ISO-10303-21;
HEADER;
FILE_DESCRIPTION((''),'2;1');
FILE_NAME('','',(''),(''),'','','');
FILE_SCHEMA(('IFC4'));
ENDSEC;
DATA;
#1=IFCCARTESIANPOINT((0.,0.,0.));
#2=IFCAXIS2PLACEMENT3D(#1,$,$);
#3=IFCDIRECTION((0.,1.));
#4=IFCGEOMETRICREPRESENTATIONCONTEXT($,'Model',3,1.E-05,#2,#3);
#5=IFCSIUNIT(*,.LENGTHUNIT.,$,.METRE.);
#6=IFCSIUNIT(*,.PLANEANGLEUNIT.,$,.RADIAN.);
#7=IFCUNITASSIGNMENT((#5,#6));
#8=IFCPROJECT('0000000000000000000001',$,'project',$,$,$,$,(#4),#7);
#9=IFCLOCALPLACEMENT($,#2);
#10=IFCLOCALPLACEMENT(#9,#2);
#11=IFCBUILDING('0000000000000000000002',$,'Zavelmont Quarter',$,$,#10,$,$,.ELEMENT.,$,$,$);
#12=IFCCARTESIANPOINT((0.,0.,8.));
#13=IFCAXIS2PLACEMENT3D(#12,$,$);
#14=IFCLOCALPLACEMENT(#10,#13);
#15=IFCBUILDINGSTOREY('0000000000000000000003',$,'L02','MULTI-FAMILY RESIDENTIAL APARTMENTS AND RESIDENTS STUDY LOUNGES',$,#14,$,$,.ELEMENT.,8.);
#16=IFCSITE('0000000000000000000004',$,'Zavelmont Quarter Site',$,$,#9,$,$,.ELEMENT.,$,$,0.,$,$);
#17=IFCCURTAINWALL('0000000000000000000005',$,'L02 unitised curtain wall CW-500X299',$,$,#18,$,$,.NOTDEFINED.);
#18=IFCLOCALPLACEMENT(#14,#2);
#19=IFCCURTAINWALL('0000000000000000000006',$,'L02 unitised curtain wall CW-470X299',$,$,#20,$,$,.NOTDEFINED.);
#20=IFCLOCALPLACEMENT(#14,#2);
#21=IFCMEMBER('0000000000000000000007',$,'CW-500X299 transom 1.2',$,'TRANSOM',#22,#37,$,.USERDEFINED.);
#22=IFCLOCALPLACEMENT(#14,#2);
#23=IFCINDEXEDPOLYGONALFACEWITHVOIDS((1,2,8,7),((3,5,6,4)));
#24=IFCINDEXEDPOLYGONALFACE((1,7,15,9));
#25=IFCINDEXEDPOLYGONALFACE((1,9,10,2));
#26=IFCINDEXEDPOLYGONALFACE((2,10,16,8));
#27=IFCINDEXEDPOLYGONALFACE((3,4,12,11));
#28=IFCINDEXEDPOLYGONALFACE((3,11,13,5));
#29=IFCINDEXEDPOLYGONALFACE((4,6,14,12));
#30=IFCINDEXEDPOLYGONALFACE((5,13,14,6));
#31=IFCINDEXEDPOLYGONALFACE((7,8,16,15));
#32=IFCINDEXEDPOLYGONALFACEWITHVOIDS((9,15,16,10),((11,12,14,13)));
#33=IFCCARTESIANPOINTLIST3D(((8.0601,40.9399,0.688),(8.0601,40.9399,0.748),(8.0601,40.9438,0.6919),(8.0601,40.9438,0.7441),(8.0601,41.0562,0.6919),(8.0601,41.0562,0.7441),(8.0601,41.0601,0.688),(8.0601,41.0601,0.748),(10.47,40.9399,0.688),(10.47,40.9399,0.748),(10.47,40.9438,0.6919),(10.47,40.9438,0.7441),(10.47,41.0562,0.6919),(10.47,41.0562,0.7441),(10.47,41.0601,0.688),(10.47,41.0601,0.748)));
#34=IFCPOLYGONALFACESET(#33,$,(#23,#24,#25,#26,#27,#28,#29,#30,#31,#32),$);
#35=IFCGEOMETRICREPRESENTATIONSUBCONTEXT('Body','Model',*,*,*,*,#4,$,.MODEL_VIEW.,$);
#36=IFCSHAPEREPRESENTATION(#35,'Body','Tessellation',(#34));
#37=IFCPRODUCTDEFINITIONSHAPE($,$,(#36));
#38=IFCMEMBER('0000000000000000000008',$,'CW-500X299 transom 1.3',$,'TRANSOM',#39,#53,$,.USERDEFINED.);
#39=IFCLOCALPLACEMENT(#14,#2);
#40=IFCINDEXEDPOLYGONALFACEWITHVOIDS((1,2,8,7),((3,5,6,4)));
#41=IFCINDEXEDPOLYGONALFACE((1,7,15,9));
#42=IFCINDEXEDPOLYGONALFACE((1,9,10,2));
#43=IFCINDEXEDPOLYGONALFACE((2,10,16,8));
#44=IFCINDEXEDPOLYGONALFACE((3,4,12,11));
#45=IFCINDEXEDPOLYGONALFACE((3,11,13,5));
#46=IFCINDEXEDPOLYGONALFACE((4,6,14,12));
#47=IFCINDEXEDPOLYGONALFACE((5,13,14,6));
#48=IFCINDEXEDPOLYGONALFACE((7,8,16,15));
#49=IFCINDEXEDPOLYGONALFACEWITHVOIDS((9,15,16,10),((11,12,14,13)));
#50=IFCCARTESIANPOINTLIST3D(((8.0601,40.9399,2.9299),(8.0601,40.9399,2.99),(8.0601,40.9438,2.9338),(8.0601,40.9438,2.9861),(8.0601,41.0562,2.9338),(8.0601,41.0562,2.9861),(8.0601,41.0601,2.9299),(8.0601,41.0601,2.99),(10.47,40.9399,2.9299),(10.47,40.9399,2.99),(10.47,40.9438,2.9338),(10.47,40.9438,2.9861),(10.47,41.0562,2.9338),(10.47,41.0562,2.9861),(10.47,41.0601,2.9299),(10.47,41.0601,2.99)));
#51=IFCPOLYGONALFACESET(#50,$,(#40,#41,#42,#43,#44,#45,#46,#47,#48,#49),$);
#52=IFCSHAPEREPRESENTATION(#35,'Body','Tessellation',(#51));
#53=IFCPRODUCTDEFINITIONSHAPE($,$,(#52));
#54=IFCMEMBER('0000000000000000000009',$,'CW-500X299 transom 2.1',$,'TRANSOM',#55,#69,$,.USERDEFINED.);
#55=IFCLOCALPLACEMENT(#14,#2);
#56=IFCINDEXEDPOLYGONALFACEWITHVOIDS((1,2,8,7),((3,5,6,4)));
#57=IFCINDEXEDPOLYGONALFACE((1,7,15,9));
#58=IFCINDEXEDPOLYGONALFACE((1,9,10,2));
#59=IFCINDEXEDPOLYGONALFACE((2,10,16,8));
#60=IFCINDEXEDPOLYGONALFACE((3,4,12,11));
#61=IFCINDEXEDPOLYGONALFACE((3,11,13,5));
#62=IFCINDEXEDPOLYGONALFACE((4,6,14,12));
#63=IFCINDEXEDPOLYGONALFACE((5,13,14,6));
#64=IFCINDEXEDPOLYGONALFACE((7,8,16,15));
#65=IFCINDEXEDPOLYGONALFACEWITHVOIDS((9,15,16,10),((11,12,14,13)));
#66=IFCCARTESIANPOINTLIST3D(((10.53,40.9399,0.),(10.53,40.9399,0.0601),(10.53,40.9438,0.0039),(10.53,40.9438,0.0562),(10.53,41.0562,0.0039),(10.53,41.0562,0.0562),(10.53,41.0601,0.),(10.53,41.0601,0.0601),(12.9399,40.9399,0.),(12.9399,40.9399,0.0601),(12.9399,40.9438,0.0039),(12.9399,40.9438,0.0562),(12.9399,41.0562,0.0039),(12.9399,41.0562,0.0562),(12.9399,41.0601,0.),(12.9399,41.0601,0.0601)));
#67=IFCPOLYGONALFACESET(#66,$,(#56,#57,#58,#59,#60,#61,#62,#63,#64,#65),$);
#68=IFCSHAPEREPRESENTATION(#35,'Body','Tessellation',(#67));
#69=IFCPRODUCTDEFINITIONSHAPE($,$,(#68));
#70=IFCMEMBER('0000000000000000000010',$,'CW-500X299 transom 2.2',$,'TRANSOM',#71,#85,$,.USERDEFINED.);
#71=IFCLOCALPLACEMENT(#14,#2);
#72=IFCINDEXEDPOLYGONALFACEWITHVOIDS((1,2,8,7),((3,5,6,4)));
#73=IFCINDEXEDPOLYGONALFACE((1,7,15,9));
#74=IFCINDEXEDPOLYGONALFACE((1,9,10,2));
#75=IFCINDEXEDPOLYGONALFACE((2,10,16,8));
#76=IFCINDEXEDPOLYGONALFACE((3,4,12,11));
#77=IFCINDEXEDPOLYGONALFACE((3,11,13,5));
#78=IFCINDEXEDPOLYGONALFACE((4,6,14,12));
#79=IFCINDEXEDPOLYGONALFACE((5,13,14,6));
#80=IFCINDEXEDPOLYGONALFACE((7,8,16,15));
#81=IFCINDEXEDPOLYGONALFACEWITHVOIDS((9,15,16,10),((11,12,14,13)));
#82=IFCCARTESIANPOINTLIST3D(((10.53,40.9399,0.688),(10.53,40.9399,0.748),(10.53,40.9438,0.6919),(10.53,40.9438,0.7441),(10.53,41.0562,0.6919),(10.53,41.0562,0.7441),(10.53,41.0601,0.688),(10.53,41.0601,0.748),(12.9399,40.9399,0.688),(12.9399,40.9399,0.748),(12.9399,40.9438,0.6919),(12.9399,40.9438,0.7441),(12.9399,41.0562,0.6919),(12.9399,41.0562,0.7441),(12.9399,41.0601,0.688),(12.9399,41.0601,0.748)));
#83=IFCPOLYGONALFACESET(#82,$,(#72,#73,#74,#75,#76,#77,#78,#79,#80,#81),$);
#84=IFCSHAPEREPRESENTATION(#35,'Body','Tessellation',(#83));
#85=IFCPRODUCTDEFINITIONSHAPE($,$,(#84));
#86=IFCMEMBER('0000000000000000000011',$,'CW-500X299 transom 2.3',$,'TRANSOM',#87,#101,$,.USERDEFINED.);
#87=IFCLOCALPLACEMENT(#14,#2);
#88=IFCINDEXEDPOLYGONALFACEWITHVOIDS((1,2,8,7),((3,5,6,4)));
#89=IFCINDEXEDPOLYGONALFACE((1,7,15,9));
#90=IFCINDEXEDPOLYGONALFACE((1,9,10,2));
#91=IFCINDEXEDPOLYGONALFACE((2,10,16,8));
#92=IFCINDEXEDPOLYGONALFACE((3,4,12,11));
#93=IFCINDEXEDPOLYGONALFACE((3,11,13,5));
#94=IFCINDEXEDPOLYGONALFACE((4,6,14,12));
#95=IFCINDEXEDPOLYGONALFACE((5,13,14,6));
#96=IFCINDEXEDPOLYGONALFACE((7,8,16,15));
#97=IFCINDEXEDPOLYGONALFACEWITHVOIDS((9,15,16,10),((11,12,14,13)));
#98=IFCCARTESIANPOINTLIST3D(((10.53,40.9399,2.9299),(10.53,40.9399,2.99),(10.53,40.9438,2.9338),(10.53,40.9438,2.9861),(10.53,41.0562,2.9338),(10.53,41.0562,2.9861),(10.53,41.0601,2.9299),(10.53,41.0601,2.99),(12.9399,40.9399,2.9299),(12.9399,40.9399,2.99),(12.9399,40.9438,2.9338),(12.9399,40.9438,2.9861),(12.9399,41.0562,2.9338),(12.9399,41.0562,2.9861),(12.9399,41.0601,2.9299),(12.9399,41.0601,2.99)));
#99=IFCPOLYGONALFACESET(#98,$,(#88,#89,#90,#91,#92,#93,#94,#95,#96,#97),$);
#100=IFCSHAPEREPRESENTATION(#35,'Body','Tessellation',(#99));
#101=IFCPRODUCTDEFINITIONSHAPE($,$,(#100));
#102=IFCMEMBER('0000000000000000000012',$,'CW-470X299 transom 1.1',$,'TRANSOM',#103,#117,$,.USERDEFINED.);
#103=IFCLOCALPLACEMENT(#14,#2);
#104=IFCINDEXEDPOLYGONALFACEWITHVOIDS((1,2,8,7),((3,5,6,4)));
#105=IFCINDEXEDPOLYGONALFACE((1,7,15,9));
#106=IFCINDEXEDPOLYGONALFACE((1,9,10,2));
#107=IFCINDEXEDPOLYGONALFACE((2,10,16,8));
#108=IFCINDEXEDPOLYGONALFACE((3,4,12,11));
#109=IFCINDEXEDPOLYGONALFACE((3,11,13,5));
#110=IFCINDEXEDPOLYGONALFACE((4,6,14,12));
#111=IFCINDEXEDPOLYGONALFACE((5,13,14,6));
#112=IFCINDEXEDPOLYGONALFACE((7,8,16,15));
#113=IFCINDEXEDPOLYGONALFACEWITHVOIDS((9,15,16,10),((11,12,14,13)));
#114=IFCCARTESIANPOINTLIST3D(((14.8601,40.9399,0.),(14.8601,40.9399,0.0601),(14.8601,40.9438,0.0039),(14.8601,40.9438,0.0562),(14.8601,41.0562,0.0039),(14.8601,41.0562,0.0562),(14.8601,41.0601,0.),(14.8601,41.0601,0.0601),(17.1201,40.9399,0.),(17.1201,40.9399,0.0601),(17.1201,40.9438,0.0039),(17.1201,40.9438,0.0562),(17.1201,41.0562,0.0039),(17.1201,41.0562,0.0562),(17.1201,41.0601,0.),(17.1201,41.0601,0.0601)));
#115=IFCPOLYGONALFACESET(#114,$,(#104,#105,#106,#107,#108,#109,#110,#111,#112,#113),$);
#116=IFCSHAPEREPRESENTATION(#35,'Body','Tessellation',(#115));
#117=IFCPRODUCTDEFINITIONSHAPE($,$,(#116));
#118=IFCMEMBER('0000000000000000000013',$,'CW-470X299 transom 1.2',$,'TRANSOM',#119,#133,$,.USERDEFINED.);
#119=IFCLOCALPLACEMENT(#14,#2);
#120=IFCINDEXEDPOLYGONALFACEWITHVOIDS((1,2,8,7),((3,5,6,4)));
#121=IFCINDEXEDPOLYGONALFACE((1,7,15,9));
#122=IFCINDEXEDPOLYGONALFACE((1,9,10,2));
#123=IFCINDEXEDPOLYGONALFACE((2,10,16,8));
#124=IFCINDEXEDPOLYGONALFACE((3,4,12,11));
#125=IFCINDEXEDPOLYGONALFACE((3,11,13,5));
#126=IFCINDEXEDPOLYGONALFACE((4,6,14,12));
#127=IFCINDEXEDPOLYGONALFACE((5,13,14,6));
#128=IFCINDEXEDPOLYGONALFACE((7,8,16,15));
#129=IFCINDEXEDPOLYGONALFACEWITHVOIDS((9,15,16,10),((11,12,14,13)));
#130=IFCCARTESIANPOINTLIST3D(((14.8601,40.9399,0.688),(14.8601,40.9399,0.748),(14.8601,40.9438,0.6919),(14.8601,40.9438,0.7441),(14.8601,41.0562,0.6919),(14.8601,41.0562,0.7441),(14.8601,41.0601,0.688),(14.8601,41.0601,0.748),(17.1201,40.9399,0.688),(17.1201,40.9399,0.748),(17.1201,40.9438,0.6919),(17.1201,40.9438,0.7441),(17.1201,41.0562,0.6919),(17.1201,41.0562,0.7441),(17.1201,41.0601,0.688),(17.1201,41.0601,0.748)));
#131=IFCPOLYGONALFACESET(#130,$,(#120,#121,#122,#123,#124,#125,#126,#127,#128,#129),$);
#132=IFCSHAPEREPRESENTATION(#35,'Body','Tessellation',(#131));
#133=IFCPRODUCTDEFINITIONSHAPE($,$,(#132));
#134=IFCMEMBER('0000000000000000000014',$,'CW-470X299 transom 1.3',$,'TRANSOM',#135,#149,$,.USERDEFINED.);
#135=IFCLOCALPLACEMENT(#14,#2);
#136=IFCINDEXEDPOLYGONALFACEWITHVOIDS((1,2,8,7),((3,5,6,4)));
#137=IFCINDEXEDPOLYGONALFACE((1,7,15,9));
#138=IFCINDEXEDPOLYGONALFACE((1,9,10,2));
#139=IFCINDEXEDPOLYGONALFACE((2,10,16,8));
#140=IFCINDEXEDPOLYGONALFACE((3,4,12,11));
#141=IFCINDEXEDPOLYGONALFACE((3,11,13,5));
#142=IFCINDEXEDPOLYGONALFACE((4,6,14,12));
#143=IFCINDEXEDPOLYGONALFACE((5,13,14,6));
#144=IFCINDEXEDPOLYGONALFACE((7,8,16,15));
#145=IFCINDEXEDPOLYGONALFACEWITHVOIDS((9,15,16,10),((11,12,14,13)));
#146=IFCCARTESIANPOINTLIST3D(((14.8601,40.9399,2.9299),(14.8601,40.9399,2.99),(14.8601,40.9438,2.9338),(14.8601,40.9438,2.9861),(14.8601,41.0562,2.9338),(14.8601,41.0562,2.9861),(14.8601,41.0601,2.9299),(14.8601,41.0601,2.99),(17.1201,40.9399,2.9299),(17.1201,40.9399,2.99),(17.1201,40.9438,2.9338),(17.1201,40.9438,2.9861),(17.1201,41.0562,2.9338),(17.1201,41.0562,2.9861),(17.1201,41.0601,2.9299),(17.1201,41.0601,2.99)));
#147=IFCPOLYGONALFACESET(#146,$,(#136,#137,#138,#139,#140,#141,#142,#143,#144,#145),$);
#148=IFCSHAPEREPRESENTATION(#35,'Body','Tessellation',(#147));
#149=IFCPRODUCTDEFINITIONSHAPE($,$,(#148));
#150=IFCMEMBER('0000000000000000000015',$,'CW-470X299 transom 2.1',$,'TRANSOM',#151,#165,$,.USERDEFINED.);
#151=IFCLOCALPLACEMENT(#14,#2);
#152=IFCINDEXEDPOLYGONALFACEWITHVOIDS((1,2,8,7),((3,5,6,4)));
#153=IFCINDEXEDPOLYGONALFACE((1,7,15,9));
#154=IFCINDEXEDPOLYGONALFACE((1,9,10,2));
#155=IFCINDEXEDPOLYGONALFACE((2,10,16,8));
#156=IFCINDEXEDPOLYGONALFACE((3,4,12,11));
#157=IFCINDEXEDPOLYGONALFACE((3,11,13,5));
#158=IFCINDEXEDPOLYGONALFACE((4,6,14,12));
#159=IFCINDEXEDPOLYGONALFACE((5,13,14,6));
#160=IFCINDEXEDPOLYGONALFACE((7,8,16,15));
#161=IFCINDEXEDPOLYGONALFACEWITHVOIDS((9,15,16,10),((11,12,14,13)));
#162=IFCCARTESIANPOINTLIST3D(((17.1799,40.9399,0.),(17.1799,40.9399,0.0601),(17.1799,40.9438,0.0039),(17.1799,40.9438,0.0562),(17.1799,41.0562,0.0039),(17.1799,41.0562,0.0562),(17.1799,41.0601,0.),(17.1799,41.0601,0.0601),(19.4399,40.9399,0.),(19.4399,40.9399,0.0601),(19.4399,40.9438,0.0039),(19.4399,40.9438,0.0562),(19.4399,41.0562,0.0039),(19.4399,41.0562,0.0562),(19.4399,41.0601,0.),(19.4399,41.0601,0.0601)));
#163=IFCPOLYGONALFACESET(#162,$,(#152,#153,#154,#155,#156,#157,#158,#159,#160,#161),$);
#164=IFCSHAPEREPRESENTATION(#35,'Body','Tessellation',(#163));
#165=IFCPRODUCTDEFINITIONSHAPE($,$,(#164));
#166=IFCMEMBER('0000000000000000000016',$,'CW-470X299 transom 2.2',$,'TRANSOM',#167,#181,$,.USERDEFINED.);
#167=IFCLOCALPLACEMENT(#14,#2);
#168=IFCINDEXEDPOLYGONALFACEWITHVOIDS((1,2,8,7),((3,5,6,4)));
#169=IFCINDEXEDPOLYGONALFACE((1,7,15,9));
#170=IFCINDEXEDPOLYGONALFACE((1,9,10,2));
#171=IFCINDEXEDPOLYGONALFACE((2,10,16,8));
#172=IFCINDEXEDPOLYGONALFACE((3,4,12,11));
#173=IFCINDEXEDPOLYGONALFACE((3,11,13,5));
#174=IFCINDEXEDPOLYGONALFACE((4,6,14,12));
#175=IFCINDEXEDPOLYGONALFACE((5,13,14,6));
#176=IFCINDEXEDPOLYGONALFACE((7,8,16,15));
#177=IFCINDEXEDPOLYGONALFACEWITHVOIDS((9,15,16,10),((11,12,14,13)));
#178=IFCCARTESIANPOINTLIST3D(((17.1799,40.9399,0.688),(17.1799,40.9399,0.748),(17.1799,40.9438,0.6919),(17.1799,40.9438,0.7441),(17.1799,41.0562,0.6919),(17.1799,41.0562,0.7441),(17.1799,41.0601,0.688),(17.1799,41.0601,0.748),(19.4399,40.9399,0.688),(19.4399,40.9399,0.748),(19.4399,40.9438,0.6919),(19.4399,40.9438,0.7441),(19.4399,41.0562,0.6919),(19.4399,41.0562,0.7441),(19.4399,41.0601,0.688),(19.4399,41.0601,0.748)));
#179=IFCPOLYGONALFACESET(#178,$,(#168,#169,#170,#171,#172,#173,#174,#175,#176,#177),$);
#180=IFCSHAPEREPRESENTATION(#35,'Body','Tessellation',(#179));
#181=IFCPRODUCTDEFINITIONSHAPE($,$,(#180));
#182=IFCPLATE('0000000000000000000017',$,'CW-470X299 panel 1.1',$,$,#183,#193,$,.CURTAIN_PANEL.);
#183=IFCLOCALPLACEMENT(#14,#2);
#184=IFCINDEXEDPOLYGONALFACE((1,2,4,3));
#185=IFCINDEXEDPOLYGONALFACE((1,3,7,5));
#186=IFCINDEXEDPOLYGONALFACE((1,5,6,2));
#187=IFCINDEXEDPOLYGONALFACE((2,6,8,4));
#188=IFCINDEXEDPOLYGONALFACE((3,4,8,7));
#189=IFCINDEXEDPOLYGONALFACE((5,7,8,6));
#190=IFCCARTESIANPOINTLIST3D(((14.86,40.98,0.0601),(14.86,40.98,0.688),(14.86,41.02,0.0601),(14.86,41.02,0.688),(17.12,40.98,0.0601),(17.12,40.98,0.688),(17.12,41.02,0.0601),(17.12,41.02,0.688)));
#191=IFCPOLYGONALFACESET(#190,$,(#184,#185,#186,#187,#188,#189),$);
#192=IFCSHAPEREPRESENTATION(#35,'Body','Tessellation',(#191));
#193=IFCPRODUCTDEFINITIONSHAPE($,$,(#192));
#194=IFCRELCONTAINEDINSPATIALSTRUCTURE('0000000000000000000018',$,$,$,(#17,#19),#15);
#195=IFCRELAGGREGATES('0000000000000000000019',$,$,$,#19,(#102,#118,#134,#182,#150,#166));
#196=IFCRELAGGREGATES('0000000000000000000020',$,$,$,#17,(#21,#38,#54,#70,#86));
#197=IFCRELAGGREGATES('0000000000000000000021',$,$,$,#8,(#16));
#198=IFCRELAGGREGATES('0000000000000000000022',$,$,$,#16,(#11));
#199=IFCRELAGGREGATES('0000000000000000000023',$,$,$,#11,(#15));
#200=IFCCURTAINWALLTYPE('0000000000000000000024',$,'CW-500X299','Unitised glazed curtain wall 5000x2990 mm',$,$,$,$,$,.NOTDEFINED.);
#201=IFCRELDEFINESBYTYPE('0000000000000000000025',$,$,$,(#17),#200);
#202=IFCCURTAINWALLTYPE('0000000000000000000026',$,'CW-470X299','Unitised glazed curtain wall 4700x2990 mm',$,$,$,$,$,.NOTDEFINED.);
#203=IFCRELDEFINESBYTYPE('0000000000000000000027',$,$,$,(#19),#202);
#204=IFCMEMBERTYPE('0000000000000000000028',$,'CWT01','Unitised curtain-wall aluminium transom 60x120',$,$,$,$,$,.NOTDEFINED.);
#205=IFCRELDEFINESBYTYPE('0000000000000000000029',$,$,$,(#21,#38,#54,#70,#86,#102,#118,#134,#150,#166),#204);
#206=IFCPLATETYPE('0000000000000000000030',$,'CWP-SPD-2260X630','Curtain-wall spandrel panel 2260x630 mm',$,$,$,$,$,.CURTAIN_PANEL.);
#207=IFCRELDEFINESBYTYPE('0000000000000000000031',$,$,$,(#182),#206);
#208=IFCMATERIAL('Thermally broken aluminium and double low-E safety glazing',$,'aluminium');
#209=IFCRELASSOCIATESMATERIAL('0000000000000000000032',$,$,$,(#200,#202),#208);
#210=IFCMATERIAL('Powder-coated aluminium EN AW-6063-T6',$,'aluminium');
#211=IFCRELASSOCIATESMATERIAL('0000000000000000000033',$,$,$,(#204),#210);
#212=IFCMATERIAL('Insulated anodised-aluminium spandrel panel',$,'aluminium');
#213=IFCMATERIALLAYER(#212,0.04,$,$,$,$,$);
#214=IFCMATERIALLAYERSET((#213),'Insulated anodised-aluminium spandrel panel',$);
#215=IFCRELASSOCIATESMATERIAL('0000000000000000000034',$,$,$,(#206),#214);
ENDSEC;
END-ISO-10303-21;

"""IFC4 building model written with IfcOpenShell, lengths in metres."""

from ifc_helpers import new_model, si_unit, direction, frame, origin, origin_2d, place, context, subcontext, project, spatial, rectangle, hollow_rectangle, extrude, material, layer, layer_set, material_profile, profile_set, type_object, element, aggregate, save


model = new_model("IFC4")

# Units and contexts
model_context = context("Model", 3, precision=1e-05, world=origin(), true_north=direction((0.0, 1.0)))
body_context = subcontext(model_context, "Body", "Model", "MODEL_VIEW")
ifc_project = project(units=[si_unit("LENGTHUNIT", "METRE"), si_unit("PLANEANGLEUNIT", "RADIAN")], contexts=[model_context])

# Site, building, storey
site_placement = place(None, origin())
site = spatial("IfcSite", under=ifc_project, at=site_placement, Name="Zavelmont Quarter Site", CompositionType="ELEMENT", RefElevation=0.0)
building_placement = place(site_placement, origin())
building = spatial("IfcBuilding", under=site, at=building_placement, Name="Zavelmont Quarter", CompositionType="ELEMENT")
storey_placement = place(building_placement, frame((0.0, 0.0, 8.0)))
storey = spatial("IfcBuildingStorey", under=building, at=storey_placement, Name="L02", Description="MULTI-FAMILY RESIDENTIAL APARTMENTS AND RESIDENTS STUDY LOUNGES", CompositionType="ELEMENT", Elevation=8.0)

# Curtain walls
ifc_material_1 = material(Name="Thermally broken aluminium and double low-E safety glazing", Category="aluminium")
curtain_wall_type_1 = type_object("IfcCurtainWallType", Name="CW-500X299", Description="Unitised glazed curtain wall 5000x2990 mm", PredefinedType="NOTDEFINED", material=ifc_material_1)
curtain_wall_1_placement = place(storey_placement, origin())
curtain_wall_1 = element("IfcCurtainWall", 1, at=curtain_wall_1_placement, inside=storey, type_object=curtain_wall_type_1, Name="L02 unitised curtain wall CW-500X299", PredefinedType="NOTDEFINED")
ifc_material_2 = material(Name="Powder-coated aluminium EN AW-6063-T6", Category="aluminium")
curtain_wall_type_2 = type_object("IfcCurtainWallType", Name="CW-470X299", Description="Unitised glazed curtain wall 4700x2990 mm", PredefinedType="NOTDEFINED", material=ifc_material_1)
curtain_wall_2_placement = place(storey_placement, origin())
curtain_wall_2 = element("IfcCurtainWall", 2, at=curtain_wall_2_placement, inside=storey, type_object=curtain_wall_type_2, Name="L02 unitised curtain wall CW-470X299", PredefinedType="NOTDEFINED")

# Members
ifc_material_profile_1 = material_profile(ifc_material_2, hollow_rectangle(XDim=0.1201, YDim=0.0601, WallThickness=0.0039, at=origin_2d()), Name="CWT60X120")
ifc_profile_set_1 = profile_set([ifc_material_profile_1], Name="Powder-coated aluminium EN AW-6063-T6")
member_type_1 = type_object("IfcMemberType", Name="CWT01", Description="Unitised curtain-wall aluminium transom 60x120", PredefinedType="NOTDEFINED", material=ifc_profile_set_1)
member_1_placement = place(storey_placement, frame((8.0601, 41.0, 0.718), z_axis=(1.0, 0.0, 0.0), x_axis=(0.0, 1.0, 0.0)))
member_1 = element("IfcMember", 3, at=member_1_placement, type_object=member_type_1, Name="CW-500X299 transom 1.2", ObjectType="TRANSOM", PredefinedType="USERDEFINED", context=body_context, shape_type="SweptSolid", body=[
    extrude(hollow_rectangle(XDim=0.1201, YDim=0.0601, WallThickness=0.0039, at=origin_2d()), origin(), (0.0, 0.0, 1.0), 2.4099),
])
member_2_placement = place(storey_placement, frame((8.0601, 41.0, 2.96), z_axis=(1.0, 0.0, 0.0), x_axis=(0.0, 1.0, 0.0)))
member_2 = element("IfcMember", 4, at=member_2_placement, type_object=member_type_1, Name="CW-500X299 transom 1.3", ObjectType="TRANSOM", PredefinedType="USERDEFINED", context=body_context, shape_type="SweptSolid", body=[
    extrude(hollow_rectangle(XDim=0.1201, YDim=0.0601, WallThickness=0.0039, at=origin_2d()), origin(), (0.0, 0.0, 1.0), 2.4099),
])
member_3_placement = place(storey_placement, frame((10.53, 41.0, 0.03), z_axis=(1.0, 0.0, 0.0), x_axis=(0.0, 1.0, 0.0)))
member_3 = element("IfcMember", 5, at=member_3_placement, type_object=member_type_1, Name="CW-500X299 transom 2.1", ObjectType="TRANSOM", PredefinedType="USERDEFINED", context=body_context, shape_type="SweptSolid", body=[
    extrude(hollow_rectangle(XDim=0.1201, YDim=0.0601, WallThickness=0.0039, at=origin_2d()), origin(), (0.0, 0.0, 1.0), 2.4099),
])
member_4_placement = place(storey_placement, frame((10.53, 41.0, 0.718), z_axis=(1.0, 0.0, 0.0), x_axis=(0.0, 1.0, 0.0)))
member_4 = element("IfcMember", 6, at=member_4_placement, type_object=member_type_1, Name="CW-500X299 transom 2.2", ObjectType="TRANSOM", PredefinedType="USERDEFINED", context=body_context, shape_type="SweptSolid", body=[
    extrude(hollow_rectangle(XDim=0.1201, YDim=0.0601, WallThickness=0.0039, at=origin_2d()), origin(), (0.0, 0.0, 1.0), 2.4099),
])
member_5_placement = place(storey_placement, frame((10.53, 41.0, 2.96), z_axis=(1.0, 0.0, 0.0), x_axis=(0.0, 1.0, 0.0)))
member_5 = element("IfcMember", 7, at=member_5_placement, type_object=member_type_1, Name="CW-500X299 transom 2.3", ObjectType="TRANSOM", PredefinedType="USERDEFINED", context=body_context, shape_type="SweptSolid", body=[
    extrude(hollow_rectangle(XDim=0.1201, YDim=0.0601, WallThickness=0.0039, at=origin_2d()), origin(), (0.0, 0.0, 1.0), 2.4099),
])
member_6_placement = place(storey_placement, frame((14.8601, 41.0, 0.03), z_axis=(1.0, 0.0, 0.0), x_axis=(0.0, 1.0, 0.0)))
member_6 = element("IfcMember", 8, at=member_6_placement, type_object=member_type_1, Name="CW-470X299 transom 1.1", ObjectType="TRANSOM", PredefinedType="USERDEFINED", context=body_context, shape_type="SweptSolid", body=[
    extrude(hollow_rectangle(XDim=0.1201, YDim=0.0601, WallThickness=0.0039, at=origin_2d()), origin(), (0.0, 0.0, 1.0), 2.26),
])
member_7_placement = place(storey_placement, frame((14.8601, 41.0, 0.718), z_axis=(1.0, 0.0, 0.0), x_axis=(0.0, 1.0, 0.0)))
member_7 = element("IfcMember", 9, at=member_7_placement, type_object=member_type_1, Name="CW-470X299 transom 1.2", ObjectType="TRANSOM", PredefinedType="USERDEFINED", context=body_context, shape_type="SweptSolid", body=[
    extrude(hollow_rectangle(XDim=0.1201, YDim=0.0601, WallThickness=0.0039, at=origin_2d()), origin(), (0.0, 0.0, 1.0), 2.26),
])
member_8_placement = place(storey_placement, frame((14.8601, 41.0, 2.96), z_axis=(1.0, 0.0, 0.0), x_axis=(0.0, 1.0, 0.0)))
member_8 = element("IfcMember", 10, at=member_8_placement, type_object=member_type_1, Name="CW-470X299 transom 1.3", ObjectType="TRANSOM", PredefinedType="USERDEFINED", context=body_context, shape_type="SweptSolid", body=[
    extrude(hollow_rectangle(XDim=0.1201, YDim=0.0601, WallThickness=0.0039, at=origin_2d()), origin(), (0.0, 0.0, 1.0), 2.26),
])
member_9_placement = place(storey_placement, frame((17.1799, 41.0, 0.03), z_axis=(1.0, 0.0, 0.0), x_axis=(0.0, 1.0, 0.0)))
member_9 = element("IfcMember", 11, at=member_9_placement, type_object=member_type_1, Name="CW-470X299 transom 2.1", ObjectType="TRANSOM", PredefinedType="USERDEFINED", context=body_context, shape_type="SweptSolid", body=[
    extrude(hollow_rectangle(XDim=0.1201, YDim=0.0601, WallThickness=0.0039, at=origin_2d()), origin(), (0.0, 0.0, 1.0), 2.26),
])
member_10_placement = place(storey_placement, frame((17.1799, 41.0, 0.718), z_axis=(1.0, 0.0, 0.0), x_axis=(0.0, 1.0, 0.0)))
member_10 = element("IfcMember", 12, at=member_10_placement, type_object=member_type_1, Name="CW-470X299 transom 2.2", ObjectType="TRANSOM", PredefinedType="USERDEFINED", context=body_context, shape_type="SweptSolid", body=[
    extrude(hollow_rectangle(XDim=0.1201, YDim=0.0601, WallThickness=0.0039, at=origin_2d()), origin(), (0.0, 0.0, 1.0), 2.26),
])

# Plate
ifc_material_3 = material(Name="Insulated anodised-aluminium spandrel panel", Category="aluminium")
ifc_layer_1 = layer(ifc_material_3, 0.04)
ifc_layer_set_1 = layer_set([ifc_layer_1], Name="Insulated anodised-aluminium spandrel panel")
plate_type_1 = type_object("IfcPlateType", Name="CWP-SPD-2260X630", Description="Curtain-wall spandrel panel 2260x630 mm", PredefinedType="CURTAIN_PANEL", material=ifc_layer_set_1)
plate_1_placement = place(storey_placement, frame((15.99, 41.0, 0.0601), z_axis=(0.0, 0.0, 1.0), x_axis=(1.0, 0.0, 0.0)))
plate_1 = element("IfcPlate", 13, at=plate_1_placement, type_object=plate_type_1, Name="CW-470X299 panel 1.1", PredefinedType="CURTAIN_PANEL", context=body_context, shape_type="SweptSolid", body=[
    extrude(rectangle(XDim=2.26, YDim=0.04, at=origin_2d()), origin(), (0.0, 0.0, 1.0), 0.6279),
])
aggregate(curtain_wall_2, [member_6, member_7, member_8, plate_1, member_9, member_10])
aggregate(curtain_wall_1, [member_1, member_2, member_3, member_4, member_5])

save(model, "model.ifc")
